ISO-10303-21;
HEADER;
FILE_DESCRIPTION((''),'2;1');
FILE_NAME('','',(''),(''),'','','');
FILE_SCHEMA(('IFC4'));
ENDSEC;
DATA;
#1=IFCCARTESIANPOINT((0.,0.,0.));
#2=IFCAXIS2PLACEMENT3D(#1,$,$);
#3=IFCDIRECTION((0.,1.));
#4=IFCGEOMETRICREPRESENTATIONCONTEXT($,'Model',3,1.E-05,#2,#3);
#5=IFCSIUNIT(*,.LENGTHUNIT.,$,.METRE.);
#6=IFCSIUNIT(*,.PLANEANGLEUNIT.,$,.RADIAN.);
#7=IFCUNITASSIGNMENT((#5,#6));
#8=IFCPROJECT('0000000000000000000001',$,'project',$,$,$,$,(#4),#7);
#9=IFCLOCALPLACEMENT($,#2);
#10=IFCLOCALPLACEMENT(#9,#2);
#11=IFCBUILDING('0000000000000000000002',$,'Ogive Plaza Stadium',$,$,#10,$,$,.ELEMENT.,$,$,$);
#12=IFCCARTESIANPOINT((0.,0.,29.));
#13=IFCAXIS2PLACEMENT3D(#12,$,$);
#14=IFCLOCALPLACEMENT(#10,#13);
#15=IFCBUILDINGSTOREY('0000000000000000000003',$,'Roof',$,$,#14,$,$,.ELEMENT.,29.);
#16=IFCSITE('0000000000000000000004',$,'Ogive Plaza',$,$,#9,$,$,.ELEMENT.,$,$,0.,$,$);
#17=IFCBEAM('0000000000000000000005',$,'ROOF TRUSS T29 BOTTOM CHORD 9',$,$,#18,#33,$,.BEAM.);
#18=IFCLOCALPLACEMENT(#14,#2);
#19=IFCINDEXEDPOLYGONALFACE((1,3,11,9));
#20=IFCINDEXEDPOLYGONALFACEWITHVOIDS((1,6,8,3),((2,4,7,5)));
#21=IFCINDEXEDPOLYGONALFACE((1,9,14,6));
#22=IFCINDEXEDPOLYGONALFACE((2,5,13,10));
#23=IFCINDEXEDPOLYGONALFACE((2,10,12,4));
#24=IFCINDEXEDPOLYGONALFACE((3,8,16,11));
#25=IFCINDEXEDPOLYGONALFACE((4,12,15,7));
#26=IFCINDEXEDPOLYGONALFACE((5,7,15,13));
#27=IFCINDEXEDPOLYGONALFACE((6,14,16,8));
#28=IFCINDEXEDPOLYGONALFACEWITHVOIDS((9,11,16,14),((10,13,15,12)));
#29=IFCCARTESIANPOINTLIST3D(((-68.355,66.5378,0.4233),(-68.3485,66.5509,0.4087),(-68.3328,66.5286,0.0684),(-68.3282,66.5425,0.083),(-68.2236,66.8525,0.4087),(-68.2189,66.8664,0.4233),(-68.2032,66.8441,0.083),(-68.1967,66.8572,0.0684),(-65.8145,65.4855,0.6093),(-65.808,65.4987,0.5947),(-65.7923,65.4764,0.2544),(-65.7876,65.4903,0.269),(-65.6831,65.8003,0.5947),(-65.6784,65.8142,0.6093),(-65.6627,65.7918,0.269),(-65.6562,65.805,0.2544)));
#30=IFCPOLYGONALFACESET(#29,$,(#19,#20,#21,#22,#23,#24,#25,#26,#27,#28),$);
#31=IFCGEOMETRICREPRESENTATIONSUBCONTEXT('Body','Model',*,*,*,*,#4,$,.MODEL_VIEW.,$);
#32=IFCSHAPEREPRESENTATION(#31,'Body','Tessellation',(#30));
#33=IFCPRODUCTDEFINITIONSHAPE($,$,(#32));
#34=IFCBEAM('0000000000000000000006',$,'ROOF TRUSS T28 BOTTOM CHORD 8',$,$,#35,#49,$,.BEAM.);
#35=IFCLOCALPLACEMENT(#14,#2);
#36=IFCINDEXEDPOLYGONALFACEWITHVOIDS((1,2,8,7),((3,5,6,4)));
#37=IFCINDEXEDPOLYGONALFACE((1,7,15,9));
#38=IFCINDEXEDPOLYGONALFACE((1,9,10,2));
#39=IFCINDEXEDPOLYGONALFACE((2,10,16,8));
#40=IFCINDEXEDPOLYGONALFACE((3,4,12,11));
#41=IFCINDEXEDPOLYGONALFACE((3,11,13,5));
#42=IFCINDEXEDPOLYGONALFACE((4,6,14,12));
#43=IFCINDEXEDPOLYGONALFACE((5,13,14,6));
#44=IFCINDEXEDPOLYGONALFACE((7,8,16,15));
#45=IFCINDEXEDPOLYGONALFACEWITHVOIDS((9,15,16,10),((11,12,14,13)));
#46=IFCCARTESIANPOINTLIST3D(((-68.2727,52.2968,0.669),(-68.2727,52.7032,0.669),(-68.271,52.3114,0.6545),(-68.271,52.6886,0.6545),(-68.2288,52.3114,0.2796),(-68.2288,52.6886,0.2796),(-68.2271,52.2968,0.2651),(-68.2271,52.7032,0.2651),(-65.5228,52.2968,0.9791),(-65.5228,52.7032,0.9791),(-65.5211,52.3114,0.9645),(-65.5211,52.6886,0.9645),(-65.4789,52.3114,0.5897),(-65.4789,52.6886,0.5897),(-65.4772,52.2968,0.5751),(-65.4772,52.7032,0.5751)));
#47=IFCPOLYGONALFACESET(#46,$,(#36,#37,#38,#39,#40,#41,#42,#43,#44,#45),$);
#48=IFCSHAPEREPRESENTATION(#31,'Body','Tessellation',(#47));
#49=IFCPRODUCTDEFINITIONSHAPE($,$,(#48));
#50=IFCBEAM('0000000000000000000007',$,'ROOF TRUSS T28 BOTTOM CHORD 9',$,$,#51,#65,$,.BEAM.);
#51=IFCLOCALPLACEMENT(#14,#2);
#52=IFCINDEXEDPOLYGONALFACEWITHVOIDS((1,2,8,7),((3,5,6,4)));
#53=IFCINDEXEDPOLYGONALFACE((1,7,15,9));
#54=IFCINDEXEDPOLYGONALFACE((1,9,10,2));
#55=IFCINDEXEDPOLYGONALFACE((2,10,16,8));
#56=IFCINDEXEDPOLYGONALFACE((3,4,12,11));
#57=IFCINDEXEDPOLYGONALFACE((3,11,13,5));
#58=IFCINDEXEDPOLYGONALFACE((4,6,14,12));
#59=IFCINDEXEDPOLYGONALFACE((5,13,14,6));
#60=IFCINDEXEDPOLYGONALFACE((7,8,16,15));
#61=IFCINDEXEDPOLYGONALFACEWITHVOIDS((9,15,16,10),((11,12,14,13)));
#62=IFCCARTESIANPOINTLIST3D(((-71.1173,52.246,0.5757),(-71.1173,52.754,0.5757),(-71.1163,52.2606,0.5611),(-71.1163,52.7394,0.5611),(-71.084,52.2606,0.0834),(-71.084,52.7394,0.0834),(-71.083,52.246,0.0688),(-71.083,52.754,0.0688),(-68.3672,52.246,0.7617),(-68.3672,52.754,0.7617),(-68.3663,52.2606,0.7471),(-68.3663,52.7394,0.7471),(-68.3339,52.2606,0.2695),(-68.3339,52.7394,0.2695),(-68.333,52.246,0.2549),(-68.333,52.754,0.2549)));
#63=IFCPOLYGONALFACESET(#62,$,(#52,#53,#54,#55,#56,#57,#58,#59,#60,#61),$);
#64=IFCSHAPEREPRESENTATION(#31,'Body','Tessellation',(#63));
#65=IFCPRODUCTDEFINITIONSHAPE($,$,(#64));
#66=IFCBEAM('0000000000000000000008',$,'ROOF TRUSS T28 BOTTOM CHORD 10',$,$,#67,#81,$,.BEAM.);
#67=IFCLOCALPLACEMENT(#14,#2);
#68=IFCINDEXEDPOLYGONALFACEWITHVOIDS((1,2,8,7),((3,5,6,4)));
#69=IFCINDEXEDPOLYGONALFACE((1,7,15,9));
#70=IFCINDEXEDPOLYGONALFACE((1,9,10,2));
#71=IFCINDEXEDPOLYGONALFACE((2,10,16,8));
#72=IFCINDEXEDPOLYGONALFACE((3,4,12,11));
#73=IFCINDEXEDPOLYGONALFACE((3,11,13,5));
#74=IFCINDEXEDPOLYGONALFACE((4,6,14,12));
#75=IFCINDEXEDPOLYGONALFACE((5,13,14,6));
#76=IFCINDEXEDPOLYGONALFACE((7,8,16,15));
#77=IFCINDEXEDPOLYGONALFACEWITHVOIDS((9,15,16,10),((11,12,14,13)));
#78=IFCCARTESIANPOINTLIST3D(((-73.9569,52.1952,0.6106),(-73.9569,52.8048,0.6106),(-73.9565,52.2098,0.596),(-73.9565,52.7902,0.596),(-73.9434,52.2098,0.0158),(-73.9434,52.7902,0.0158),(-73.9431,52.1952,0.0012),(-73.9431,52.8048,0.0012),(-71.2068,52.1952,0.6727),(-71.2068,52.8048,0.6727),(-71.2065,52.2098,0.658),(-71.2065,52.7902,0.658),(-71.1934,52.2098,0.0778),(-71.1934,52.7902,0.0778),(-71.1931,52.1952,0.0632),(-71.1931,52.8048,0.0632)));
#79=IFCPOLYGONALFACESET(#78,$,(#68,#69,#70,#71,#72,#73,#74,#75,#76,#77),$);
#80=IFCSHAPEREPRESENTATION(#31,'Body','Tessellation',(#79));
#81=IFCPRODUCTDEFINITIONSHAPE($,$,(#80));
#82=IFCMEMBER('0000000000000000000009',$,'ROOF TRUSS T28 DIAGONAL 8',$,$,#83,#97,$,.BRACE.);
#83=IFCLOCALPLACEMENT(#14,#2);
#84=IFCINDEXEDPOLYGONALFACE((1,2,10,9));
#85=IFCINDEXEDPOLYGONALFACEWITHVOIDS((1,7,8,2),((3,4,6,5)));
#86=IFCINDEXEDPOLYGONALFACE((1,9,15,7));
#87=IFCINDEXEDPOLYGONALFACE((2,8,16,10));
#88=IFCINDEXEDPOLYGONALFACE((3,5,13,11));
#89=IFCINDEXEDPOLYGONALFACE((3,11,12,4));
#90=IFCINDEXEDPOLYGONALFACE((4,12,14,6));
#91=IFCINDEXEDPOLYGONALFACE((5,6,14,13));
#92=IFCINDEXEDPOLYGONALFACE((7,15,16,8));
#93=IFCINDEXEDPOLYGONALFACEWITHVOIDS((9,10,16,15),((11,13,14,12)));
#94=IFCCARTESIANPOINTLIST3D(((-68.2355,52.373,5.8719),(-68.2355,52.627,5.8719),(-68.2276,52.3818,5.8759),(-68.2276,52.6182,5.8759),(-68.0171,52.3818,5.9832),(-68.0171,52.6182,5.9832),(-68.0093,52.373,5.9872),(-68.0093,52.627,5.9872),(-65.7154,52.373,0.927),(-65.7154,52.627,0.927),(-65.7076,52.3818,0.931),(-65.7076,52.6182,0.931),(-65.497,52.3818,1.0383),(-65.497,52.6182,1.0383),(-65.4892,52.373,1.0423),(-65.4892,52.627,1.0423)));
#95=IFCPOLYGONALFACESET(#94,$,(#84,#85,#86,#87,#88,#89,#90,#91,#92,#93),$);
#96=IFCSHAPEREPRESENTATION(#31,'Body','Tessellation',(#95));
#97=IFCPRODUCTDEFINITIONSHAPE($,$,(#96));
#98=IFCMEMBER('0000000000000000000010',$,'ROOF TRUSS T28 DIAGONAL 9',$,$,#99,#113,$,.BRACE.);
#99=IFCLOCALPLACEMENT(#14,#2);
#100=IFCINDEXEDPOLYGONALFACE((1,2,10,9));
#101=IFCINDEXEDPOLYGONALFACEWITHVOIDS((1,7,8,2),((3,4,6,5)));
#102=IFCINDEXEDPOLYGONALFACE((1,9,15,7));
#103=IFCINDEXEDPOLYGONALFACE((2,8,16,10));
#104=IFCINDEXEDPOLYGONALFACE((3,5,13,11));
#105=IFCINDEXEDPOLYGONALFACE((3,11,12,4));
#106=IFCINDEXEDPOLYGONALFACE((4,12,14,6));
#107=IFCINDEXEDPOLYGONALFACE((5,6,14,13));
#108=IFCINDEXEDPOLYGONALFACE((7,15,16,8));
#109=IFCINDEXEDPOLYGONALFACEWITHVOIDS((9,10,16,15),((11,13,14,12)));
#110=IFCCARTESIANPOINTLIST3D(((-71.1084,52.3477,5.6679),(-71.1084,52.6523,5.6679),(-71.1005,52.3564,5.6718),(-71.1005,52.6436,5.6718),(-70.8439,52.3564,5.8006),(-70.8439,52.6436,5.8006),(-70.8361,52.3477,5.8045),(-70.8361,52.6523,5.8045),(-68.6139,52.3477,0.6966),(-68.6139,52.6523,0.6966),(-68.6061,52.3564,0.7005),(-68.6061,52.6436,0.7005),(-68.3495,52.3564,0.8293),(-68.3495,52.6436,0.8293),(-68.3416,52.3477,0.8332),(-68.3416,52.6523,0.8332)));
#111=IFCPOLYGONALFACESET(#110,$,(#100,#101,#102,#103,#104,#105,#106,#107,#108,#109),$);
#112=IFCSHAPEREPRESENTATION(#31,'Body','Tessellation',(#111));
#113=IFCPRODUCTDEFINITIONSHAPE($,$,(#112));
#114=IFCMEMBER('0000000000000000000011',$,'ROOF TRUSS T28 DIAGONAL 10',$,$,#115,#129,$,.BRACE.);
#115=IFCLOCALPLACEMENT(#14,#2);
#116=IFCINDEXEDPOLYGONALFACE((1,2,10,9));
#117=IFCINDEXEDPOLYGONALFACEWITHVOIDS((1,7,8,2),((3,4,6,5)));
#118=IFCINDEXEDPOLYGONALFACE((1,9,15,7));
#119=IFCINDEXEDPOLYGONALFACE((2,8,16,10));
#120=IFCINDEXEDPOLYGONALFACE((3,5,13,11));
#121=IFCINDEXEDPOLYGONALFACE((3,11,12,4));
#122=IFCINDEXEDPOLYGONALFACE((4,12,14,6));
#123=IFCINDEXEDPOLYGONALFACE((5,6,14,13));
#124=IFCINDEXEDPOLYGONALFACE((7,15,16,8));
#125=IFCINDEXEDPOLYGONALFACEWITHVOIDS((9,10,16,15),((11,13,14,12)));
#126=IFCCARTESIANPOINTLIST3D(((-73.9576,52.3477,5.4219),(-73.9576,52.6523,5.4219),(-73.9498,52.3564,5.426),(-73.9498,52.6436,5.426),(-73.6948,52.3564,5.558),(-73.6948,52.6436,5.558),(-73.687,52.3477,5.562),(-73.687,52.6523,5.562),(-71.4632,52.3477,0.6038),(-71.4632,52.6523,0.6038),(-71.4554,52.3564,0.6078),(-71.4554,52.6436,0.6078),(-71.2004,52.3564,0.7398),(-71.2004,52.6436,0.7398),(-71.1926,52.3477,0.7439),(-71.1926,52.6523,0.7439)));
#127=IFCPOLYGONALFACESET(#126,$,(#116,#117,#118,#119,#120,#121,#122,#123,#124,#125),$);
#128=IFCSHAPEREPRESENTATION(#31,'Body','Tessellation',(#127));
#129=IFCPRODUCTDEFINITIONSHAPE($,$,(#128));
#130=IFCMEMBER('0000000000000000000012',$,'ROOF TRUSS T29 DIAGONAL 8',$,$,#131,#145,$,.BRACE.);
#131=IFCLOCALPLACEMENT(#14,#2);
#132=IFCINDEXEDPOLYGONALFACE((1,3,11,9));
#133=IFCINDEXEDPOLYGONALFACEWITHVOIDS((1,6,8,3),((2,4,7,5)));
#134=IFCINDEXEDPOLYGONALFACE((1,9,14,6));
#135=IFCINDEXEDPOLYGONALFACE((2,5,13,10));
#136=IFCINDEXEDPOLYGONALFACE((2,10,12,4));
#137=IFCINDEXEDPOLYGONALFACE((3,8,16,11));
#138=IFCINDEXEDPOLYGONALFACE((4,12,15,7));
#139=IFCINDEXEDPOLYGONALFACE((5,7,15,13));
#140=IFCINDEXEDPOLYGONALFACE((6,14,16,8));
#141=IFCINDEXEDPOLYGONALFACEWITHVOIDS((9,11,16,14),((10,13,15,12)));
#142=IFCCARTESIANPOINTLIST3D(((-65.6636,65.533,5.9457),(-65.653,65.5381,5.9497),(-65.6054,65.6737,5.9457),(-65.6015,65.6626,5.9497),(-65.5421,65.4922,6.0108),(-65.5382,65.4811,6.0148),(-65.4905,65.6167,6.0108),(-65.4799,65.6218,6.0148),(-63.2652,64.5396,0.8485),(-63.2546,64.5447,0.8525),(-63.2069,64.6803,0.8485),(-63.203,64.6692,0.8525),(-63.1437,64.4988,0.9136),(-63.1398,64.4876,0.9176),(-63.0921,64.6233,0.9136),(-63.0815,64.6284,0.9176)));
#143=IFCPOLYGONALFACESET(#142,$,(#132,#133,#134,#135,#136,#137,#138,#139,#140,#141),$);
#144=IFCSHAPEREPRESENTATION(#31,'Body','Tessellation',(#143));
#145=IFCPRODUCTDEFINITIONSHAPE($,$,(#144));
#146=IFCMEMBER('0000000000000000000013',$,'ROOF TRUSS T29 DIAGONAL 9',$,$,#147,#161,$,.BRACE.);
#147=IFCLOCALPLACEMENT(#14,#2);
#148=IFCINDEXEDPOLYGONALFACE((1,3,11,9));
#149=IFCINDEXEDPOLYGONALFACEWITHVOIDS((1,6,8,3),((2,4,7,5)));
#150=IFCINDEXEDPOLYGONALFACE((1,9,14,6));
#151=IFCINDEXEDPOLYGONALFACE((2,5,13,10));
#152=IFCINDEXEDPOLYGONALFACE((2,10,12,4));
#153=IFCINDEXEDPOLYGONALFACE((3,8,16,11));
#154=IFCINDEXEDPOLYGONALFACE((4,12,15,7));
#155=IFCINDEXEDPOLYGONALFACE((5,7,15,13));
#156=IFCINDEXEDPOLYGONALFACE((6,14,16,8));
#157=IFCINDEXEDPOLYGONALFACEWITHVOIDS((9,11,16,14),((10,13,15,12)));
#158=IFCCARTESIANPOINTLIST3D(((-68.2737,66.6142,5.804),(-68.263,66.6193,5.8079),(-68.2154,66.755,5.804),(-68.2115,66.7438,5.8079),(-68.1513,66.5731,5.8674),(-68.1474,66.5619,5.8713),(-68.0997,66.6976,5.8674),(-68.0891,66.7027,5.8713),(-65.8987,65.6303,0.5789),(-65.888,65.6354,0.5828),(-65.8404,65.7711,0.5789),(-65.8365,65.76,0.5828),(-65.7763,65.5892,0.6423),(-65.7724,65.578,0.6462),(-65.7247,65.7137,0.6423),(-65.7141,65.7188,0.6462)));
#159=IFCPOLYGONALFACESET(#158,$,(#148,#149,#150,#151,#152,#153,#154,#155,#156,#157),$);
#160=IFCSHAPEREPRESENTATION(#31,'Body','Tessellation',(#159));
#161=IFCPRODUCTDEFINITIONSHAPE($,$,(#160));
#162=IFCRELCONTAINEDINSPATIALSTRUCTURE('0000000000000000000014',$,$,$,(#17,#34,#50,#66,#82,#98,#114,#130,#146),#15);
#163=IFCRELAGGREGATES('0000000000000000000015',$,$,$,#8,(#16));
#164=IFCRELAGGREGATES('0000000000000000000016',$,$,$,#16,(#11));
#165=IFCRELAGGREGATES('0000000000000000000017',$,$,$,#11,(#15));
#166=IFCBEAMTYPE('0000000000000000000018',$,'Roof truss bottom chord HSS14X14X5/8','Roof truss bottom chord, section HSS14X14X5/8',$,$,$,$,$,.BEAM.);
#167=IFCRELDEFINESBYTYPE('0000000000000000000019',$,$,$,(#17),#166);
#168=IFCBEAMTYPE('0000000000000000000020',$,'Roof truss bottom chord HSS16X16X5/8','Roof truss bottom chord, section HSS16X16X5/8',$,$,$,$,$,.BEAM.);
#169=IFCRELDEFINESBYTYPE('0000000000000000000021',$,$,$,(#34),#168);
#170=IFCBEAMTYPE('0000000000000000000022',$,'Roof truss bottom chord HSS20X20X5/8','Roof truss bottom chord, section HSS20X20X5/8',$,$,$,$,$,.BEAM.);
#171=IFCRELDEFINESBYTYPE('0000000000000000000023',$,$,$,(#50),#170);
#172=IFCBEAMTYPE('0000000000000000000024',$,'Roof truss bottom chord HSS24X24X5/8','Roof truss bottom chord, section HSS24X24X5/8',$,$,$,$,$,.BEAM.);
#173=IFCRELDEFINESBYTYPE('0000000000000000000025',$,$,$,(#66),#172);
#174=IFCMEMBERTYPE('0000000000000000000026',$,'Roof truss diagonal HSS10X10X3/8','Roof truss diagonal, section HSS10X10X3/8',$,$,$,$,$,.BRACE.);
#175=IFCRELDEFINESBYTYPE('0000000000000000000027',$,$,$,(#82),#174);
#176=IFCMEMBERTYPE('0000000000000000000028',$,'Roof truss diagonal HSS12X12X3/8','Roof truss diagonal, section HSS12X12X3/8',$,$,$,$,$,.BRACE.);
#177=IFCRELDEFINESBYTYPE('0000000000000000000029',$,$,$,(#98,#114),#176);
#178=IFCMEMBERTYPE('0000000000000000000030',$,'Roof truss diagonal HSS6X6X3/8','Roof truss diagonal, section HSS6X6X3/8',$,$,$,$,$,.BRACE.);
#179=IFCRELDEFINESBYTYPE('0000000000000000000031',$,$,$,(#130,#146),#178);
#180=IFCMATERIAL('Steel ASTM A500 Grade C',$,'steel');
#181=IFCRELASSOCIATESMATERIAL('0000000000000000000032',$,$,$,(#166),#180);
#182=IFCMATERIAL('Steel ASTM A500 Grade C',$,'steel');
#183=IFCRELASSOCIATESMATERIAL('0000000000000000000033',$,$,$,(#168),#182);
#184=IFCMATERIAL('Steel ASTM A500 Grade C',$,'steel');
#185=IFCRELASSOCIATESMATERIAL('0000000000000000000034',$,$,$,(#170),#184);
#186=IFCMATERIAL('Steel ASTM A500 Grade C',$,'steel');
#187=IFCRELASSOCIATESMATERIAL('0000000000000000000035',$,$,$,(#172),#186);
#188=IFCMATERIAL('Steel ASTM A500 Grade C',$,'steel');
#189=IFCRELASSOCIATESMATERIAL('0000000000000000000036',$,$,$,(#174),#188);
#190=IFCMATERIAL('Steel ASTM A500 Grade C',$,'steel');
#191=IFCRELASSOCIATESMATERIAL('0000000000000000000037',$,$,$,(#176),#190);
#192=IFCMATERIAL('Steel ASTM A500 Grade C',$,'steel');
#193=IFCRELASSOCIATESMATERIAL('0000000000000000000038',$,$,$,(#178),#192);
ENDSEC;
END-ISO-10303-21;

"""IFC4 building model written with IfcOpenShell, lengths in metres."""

from ifc_helpers import new_model, si_unit, direction, frame, origin, origin_2d, place, context, subcontext, project, spatial, hollow_rectangle, extrude, material, material_profile, profile_set, type_object, element, save


model = new_model("IFC4")

# Units and contexts
model_context = context("Model", 3, precision=1e-05, world=origin(), true_north=direction((0.0, 1.0)))
body_context = subcontext(model_context, "Body", "Model", "MODEL_VIEW")
ifc_project = project(units=[si_unit("LENGTHUNIT", "METRE"), si_unit("PLANEANGLEUNIT", "RADIAN")], contexts=[model_context])

# Site, building, storey
site_placement = place(None, origin())
site = spatial("IfcSite", under=ifc_project, at=site_placement, Name="Ogive Plaza", CompositionType="ELEMENT", RefElevation=0.0)
building_placement = place(site_placement, origin())
building = spatial("IfcBuilding", under=site, at=building_placement, Name="Ogive Plaza Stadium", CompositionType="ELEMENT")
storey_placement = place(building_placement, frame((0.0, 0.0, 29.0)))
storey = spatial("IfcBuildingStorey", under=building, at=storey_placement, Name="Roof", CompositionType="ELEMENT", Elevation=29.0)

# Beams
ifc_material_1 = material(Name="Steel ASTM A500 Grade C", Category="steel")
ifc_material_profile_1 = material_profile(ifc_material_1, hollow_rectangle(XDim=0.3557, YDim=0.3557, WallThickness=0.0146, at=origin_2d()), Name="HSS14X14X5/8")
ifc_profile_set_1 = profile_set([ifc_material_profile_1], Name="Steel ASTM A500 Grade C")
beam_type_1 = type_object("IfcBeamType", Name="Roof truss bottom chord HSS14X14X5/8", Description="Roof truss bottom chord, section HSS14X14X5/8", PredefinedType="BEAM", material=ifc_profile_set_1)
beam_1_placement = place(storey_placement, frame((-65.7354, 65.6453, 0.4319), z_axis=(-0.921782, 0.381787, -0.067499), x_axis=(-0.38266, -0.923889, 0.0)))
element("IfcBeam", 1, at=beam_1_placement, inside=storey, type_object=beam_type_1, Name="ROOF TRUSS T29 BOTTOM CHORD 9", PredefinedType="BEAM", context=body_context, shape_type="SweptSolid", body=[
    extrude(hollow_rectangle(XDim=0.3557, YDim=0.3557, WallThickness=0.0146, at=origin_2d()), origin(), (0.0, 0.0, 1.0), 2.7561),
])
ifc_material_2 = material(Name="Steel ASTM A500 Grade C", Category="steel")
ifc_material_profile_2 = material_profile(ifc_material_2, hollow_rectangle(XDim=0.4065, YDim=0.4065, WallThickness=0.0146, at=origin_2d()), Name="HSS16X16X5/8")
ifc_profile_set_2 = profile_set([ifc_material_profile_2], Name="Steel ASTM A500 Grade C")
beam_type_2 = type_object("IfcBeamType", Name="Roof truss bottom chord HSS16X16X5/8", Description="Roof truss bottom chord, section HSS16X16X5/8", PredefinedType="BEAM", material=ifc_profile_set_2)
beam_2_placement = place(storey_placement, frame((-65.5, 52.5, 0.7771), z_axis=(-0.993704, 0.0, -0.112039), x_axis=(0.0, -1.0, 0.0)))
element("IfcBeam", 2, at=beam_2_placement, inside=storey, type_object=beam_type_2, Name="ROOF TRUSS T28 BOTTOM CHORD 8", PredefinedType="BEAM", context=body_context, shape_type="SweptSolid", body=[
    extrude(hollow_rectangle(XDim=0.4065, YDim=0.4065, WallThickness=0.0146, at=origin_2d()), origin(), (0.0, 0.0, 1.0), 2.7673),
])
ifc_material_3 = material(Name="Steel ASTM A500 Grade C", Category="steel")
ifc_material_profile_3 = material_profile(ifc_material_3, hollow_rectangle(XDim=0.5081, YDim=0.5081, WallThickness=0.0146, at=origin_2d()), Name="HSS20X20X5/8")
ifc_profile_set_3 = profile_set([ifc_material_profile_3], Name="Steel ASTM A500 Grade C")
beam_type_3 = type_object("IfcBeamType", Name="Roof truss bottom chord HSS20X20X5/8", Description="Roof truss bottom chord, section HSS20X20X5/8", PredefinedType="BEAM", material=ifc_profile_set_3)
beam_3_placement = place(storey_placement, frame((-68.3501, 52.5, 0.5083), z_axis=(-0.99772, 0.0, -0.067495), x_axis=(0.0, -1.0, 0.0)))
element("IfcBeam", 3, at=beam_3_placement, inside=storey, type_object=beam_type_3, Name="ROOF TRUSS T28 BOTTOM CHORD 9", PredefinedType="BEAM", context=body_context, shape_type="SweptSolid", body=[
    extrude(hollow_rectangle(XDim=0.5081, YDim=0.5081, WallThickness=0.0146, at=origin_2d()), origin(), (0.0, 0.0, 1.0), 2.7563),
])
ifc_material_4 = material(Name="Steel ASTM A500 Grade C", Category="steel")
ifc_material_profile_4 = material_profile(ifc_material_4, hollow_rectangle(XDim=0.6096, YDim=0.6096, WallThickness=0.0146, at=origin_2d()), Name="HSS24X24X5/8")
ifc_profile_set_4 = profile_set([ifc_material_profile_4], Name="Steel ASTM A500 Grade C")
beam_type_4 = type_object("IfcBeamType", Name="Roof truss bottom chord HSS24X24X5/8", Description="Roof truss bottom chord, section HSS24X24X5/8", PredefinedType="BEAM", material=ifc_profile_set_4)
beam_4_placement = place(storey_placement, frame((-71.2, 52.5, 0.3679), z_axis=(-0.999746, 0.0, -0.022544), x_axis=(0.0, -1.0, 0.0)))
element("IfcBeam", 4, at=beam_4_placement, inside=storey, type_object=beam_type_4, Name="ROOF TRUSS T28 BOTTOM CHORD 10", PredefinedType="BEAM", context=body_context, shape_type="SweptSolid", body=[
    extrude(hollow_rectangle(XDim=0.6096, YDim=0.6096, WallThickness=0.0146, at=origin_2d()), origin(), (0.0, 0.0, 1.0), 2.7507),
])

# Members
ifc_material_5 = material(Name="Steel ASTM A500 Grade C", Category="steel")
ifc_material_profile_5 = material_profile(ifc_material_5, hollow_rectangle(XDim=0.2539, YDim=0.2539, WallThickness=0.0088, at=origin_2d()), Name="HSS10X10X3/8")
ifc_profile_set_5 = profile_set([ifc_material_profile_5], Name="Steel ASTM A500 Grade C")
member_type_1 = type_object("IfcMemberType", Name="Roof truss diagonal HSS10X10X3/8", Description="Roof truss diagonal, section HSS10X10X3/8", PredefinedType="BRACE", material=ifc_profile_set_5)
member_1_placement = place(storey_placement, frame((-65.6023, 52.5, 0.9846), z_axis=(-0.454063, 0.0, 0.89097), x_axis=(0.0, -1.0, 0.0)))
element("IfcMember", 5, at=member_1_placement, inside=storey, type_object=member_type_1, Name="ROOF TRUSS T28 DIAGONAL 8", PredefinedType="BRACE", context=body_context, shape_type="SweptSolid", body=[
    extrude(hollow_rectangle(XDim=0.2539, YDim=0.2539, WallThickness=0.0088, at=origin_2d()), origin(), (0.0, 0.0, 1.0), 5.55),
])
ifc_material_6 = material(Name="Steel ASTM A500 Grade C", Category="steel")
ifc_material_profile_6 = material_profile(ifc_material_6, hollow_rectangle(XDim=0.3047, YDim=0.3047, WallThickness=0.0088, at=origin_2d()), Name="HSS12X12X3/8")
ifc_profile_set_6 = profile_set([ifc_material_profile_6], Name="Steel ASTM A500 Grade C")
member_type_2 = type_object("IfcMemberType", Name="Roof truss diagonal HSS12X12X3/8", Description="Roof truss diagonal, section HSS12X12X3/8", PredefinedType="BRACE", material=ifc_profile_set_6)
member_2_placement = place(storey_placement, frame((-68.4778, 52.5, 0.7649), z_axis=(-0.448477, 0.0, 0.893794), x_axis=(0.0, -1.0, 0.0)))
element("IfcMember", 6, at=member_2_placement, inside=storey, type_object=member_type_2, Name="ROOF TRUSS T28 DIAGONAL 9", PredefinedType="BRACE", context=body_context, shape_type="SweptSolid", body=[
    extrude(hollow_rectangle(XDim=0.3047, YDim=0.3047, WallThickness=0.0088, at=origin_2d()), origin(), (0.0, 0.0, 1.0), 5.562),
])
member_3_placement = place(storey_placement, frame((-71.3279, 52.5, 0.6738), z_axis=(-0.459751, 0.0, 0.888048), x_axis=(0.0, -1.0, 0.0)))
element("IfcMember", 7, at=member_3_placement, inside=storey, type_object=member_type_2, Name="ROOF TRUSS T28 DIAGONAL 10", PredefinedType="BRACE", context=body_context, shape_type="SweptSolid", body=[
    extrude(hollow_rectangle(XDim=0.3047, YDim=0.3047, WallThickness=0.0088, at=origin_2d()), origin(), (0.0, 0.0, 1.0), 5.4255),
])
ifc_material_7 = material(Name="Steel ASTM A500 Grade C", Category="steel")
ifc_material_profile_7 = material_profile(ifc_material_7, hollow_rectangle(XDim=0.1523, YDim=0.1523, WallThickness=0.0088, at=origin_2d()), Name="HSS6X6X3/8")
ifc_profile_set_7 = profile_set([ifc_material_profile_7], Name="Steel ASTM A500 Grade C")
member_type_3 = type_object("IfcMemberType", Name="Roof truss diagonal HSS6X6X3/8", Description="Roof truss diagonal, section HSS6X6X3/8", PredefinedType="BRACE", material=ifc_profile_set_7)
member_4_placement = place(storey_placement, frame((-63.1733, 64.584, 0.8831), z_axis=(-0.419294, 0.173667, 0.891085), x_axis=(-0.382665, -0.923887, 0.0)))
element("IfcMember", 8, at=member_4_placement, inside=storey, type_object=member_type_3, Name="ROOF TRUSS T29 DIAGONAL 8", PredefinedType="BRACE", context=body_context, shape_type="SweptSolid", body=[
    extrude(hollow_rectangle(XDim=0.1523, YDim=0.1523, WallThickness=0.0088, at=origin_2d()), origin(), (0.0, 0.0, 1.0), 5.7202),
])
member_5_placement = place(storey_placement, frame((-65.8064, 65.6746, 0.6125), z_axis=(-0.407847, 0.168958, 0.897281), x_axis=(-0.382726, -0.923862, 0.0)))
element("IfcMember", 9, at=member_5_placement, inside=storey, type_object=member_type_3, Name="ROOF TRUSS T29 DIAGONAL 9", PredefinedType="BRACE", context=body_context, shape_type="SweptSolid", body=[
    extrude(hollow_rectangle(XDim=0.1523, YDim=0.1523, WallThickness=0.0088, at=origin_2d()), origin(), (0.0, 0.0, 1.0), 5.8232),
])

save(model, "model.ifc")
